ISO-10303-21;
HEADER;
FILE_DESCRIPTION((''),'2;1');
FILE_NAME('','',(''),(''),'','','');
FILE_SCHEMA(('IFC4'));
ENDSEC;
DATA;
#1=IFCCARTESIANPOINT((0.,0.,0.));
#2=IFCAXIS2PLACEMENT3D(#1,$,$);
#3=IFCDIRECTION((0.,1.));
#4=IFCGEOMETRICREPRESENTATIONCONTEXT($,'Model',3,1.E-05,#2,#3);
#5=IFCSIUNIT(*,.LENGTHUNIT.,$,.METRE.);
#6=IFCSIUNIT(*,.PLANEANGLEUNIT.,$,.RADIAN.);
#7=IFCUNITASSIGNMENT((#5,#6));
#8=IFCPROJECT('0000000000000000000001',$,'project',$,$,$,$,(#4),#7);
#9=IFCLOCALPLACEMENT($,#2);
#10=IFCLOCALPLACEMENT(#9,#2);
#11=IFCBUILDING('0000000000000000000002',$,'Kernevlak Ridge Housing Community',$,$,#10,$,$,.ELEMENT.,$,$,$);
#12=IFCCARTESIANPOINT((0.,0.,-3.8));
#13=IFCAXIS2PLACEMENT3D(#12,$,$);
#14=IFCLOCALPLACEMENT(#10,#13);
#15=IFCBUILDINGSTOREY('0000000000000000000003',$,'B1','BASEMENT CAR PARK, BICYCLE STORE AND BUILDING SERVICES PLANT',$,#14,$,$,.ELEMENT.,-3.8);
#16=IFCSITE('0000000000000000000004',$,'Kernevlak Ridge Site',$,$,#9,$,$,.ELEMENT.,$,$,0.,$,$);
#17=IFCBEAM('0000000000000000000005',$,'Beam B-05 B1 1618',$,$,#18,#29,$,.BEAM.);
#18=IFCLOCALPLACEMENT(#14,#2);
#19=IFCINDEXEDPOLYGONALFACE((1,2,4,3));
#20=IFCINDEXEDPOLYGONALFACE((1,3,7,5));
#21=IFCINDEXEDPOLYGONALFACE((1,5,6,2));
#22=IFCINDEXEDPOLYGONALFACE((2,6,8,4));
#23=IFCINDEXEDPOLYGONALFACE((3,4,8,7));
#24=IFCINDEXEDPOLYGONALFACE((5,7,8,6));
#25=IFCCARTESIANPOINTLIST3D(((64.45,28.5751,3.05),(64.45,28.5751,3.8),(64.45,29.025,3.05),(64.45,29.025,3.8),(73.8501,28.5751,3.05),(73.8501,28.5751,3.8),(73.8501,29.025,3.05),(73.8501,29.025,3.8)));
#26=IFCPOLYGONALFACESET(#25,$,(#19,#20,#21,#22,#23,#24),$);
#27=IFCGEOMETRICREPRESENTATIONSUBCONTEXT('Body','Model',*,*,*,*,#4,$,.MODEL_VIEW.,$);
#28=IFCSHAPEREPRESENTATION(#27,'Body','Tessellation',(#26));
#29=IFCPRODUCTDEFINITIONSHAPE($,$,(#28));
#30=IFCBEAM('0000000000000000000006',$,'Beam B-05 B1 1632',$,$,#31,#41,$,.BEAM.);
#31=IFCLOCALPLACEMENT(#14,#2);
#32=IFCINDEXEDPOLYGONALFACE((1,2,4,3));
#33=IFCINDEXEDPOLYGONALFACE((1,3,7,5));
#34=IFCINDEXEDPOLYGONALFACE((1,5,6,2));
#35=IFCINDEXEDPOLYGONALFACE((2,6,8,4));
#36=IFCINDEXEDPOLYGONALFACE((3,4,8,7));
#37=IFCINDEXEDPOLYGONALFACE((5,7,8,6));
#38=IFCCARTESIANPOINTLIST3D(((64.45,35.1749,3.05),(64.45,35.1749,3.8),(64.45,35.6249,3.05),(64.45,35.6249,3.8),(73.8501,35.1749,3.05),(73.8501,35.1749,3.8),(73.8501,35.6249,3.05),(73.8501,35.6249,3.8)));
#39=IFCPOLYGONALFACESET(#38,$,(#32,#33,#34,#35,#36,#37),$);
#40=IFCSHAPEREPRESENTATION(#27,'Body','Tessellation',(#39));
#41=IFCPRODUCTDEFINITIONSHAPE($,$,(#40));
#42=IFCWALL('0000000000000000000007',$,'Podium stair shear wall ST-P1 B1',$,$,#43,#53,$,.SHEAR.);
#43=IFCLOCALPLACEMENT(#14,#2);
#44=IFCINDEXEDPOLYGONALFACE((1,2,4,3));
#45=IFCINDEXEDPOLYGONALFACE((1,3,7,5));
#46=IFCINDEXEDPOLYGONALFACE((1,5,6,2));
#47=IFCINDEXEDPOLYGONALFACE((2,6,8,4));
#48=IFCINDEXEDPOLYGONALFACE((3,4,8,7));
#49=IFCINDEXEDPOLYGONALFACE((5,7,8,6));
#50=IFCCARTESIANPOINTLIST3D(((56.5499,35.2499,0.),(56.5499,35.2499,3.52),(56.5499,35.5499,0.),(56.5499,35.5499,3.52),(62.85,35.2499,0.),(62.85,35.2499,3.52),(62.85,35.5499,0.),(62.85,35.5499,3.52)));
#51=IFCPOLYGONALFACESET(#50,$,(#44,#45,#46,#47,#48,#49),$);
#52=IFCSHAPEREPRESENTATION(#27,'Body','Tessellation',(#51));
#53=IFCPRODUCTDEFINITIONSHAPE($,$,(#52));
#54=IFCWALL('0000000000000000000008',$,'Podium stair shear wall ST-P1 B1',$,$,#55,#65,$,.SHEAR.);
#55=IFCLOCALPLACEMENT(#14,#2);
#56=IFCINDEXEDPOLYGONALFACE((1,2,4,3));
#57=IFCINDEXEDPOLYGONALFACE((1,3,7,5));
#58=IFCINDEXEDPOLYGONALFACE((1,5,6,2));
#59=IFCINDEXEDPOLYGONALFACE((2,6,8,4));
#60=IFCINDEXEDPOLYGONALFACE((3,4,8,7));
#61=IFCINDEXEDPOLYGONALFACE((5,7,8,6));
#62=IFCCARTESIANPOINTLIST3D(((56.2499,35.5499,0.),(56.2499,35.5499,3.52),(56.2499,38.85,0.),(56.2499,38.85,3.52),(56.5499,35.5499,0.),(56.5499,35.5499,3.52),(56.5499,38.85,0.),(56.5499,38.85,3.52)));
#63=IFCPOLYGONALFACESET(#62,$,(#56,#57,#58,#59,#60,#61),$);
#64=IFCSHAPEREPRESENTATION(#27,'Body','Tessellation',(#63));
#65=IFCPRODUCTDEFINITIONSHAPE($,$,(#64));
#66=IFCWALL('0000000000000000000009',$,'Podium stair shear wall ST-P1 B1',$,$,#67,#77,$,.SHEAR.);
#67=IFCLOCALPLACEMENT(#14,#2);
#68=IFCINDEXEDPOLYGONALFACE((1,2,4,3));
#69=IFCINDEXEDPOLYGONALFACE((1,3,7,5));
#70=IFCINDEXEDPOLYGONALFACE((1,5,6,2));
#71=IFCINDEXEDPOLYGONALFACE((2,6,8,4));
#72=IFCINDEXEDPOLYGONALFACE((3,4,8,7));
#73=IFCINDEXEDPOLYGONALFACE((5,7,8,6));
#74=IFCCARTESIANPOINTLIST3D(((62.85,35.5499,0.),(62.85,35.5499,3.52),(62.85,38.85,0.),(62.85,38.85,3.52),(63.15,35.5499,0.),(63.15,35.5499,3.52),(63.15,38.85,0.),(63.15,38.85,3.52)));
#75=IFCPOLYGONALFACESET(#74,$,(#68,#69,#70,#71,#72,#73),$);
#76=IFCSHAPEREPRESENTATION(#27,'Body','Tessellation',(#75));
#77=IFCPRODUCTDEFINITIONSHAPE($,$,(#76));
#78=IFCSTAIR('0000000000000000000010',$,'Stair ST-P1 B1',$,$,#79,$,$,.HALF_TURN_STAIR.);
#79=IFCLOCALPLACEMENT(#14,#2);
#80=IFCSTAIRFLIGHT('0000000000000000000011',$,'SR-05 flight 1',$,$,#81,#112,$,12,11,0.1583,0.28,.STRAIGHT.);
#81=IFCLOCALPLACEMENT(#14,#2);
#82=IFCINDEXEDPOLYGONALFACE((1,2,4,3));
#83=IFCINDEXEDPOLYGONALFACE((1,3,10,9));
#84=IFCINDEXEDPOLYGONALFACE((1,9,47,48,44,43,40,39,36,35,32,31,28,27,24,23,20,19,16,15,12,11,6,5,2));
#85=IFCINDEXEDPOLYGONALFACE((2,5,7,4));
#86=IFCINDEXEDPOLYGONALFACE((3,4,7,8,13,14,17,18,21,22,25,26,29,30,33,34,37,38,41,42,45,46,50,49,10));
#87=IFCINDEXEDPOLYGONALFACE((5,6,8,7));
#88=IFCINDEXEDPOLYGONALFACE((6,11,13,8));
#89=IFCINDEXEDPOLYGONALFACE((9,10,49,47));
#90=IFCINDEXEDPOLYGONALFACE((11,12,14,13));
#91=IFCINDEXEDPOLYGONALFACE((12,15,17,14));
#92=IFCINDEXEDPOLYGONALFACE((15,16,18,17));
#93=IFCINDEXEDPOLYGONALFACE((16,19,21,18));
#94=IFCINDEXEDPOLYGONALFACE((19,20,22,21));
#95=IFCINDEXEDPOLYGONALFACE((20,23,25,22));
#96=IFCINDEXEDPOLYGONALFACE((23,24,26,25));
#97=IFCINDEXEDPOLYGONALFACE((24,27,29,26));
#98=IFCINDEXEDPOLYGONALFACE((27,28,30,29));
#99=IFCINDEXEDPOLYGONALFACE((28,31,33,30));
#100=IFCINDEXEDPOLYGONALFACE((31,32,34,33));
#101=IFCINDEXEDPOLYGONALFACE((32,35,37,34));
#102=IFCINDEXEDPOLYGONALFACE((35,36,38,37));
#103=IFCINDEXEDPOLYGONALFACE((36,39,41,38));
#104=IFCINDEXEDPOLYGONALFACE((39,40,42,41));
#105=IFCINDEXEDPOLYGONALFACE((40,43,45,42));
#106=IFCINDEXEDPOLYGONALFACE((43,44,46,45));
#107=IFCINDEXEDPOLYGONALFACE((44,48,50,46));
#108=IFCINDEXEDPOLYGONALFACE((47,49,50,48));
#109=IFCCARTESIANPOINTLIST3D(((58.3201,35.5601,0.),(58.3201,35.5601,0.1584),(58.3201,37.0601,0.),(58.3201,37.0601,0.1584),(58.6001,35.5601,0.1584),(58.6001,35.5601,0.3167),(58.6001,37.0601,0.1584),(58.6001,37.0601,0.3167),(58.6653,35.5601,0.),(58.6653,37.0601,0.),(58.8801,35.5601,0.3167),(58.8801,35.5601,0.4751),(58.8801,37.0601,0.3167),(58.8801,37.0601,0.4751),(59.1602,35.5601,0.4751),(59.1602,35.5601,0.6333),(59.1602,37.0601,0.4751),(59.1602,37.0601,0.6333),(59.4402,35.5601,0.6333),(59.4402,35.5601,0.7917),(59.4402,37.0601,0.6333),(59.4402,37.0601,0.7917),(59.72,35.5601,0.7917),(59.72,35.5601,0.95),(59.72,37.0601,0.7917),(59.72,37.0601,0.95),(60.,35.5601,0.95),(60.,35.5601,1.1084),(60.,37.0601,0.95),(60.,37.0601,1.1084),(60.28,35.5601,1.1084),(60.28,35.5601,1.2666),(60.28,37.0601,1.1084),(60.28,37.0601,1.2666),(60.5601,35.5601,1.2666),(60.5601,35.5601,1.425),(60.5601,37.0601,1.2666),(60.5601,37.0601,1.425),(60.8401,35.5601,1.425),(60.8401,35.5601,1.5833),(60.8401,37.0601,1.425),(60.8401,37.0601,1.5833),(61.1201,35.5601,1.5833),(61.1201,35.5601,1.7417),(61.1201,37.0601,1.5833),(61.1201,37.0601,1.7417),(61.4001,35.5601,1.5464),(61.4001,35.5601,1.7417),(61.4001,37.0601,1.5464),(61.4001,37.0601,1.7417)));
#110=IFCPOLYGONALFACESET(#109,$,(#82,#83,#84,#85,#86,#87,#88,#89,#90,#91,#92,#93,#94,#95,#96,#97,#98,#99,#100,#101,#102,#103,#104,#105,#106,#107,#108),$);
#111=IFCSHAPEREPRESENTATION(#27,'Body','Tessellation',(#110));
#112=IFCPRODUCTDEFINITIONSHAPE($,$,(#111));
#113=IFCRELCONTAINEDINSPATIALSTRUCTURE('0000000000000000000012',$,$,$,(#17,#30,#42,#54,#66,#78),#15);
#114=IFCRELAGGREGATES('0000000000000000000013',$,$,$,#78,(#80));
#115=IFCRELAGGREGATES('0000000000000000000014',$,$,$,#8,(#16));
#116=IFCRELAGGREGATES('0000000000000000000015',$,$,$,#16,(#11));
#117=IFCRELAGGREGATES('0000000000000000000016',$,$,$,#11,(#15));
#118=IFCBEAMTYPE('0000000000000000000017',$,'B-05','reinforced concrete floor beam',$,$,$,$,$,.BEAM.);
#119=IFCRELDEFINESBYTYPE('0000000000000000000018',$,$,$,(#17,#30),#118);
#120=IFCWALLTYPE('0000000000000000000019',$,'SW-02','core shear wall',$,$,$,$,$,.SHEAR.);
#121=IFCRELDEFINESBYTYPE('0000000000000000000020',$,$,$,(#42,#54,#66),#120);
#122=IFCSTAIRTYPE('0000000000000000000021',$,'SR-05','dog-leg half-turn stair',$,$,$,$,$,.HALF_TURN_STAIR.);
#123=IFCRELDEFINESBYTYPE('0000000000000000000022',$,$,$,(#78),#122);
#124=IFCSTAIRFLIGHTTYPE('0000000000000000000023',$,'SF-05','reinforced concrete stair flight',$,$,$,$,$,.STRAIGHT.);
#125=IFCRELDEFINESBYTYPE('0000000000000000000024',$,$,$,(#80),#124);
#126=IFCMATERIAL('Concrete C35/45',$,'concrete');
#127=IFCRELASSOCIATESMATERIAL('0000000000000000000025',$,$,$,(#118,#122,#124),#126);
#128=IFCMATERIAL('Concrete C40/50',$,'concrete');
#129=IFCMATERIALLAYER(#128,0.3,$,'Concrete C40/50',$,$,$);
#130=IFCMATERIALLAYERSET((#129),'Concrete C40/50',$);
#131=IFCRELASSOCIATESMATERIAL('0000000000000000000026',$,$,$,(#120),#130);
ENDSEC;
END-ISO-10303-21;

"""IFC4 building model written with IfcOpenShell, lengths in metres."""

from ifc_helpers import new_model, si_unit, direction, frame, frame_2d, origin, origin_2d, place, context, subcontext, project, spatial, polyline, rectangle, outline, extrude, material, layer, layer_set, material_profile, profile_set, type_object, element, aggregate, save


model = new_model("IFC4")

# Units and contexts
model_context = context("Model", 3, precision=1e-05, world=origin(), true_north=direction((0.0, 1.0)))
body_context = subcontext(model_context, "Body", "Model", "MODEL_VIEW")
ifc_project = project(units=[si_unit("LENGTHUNIT", "METRE"), si_unit("PLANEANGLEUNIT", "RADIAN")], contexts=[model_context])

# Site, building, storey
site_placement = place(None, origin())
site = spatial("IfcSite", under=ifc_project, at=site_placement, Name="Kernevlak Ridge Site", CompositionType="ELEMENT", RefElevation=0.0)
building_placement = place(site_placement, origin())
building = spatial("IfcBuilding", under=site, at=building_placement, Name="Kernevlak Ridge Housing Community", CompositionType="ELEMENT")
storey_placement = place(building_placement, frame((0.0, 0.0, -3.8)))
storey = spatial("IfcBuildingStorey", under=building, at=storey_placement, Name="B1", Description="BASEMENT CAR PARK, BICYCLE STORE AND BUILDING SERVICES PLANT", CompositionType="ELEMENT", Elevation=-3.8)

# Shared definitions
ifc_material_1 = material(Name="Concrete C35/45", Category="concrete")

# Shared definitions
ifc_material_2 = material(Name="Concrete C40/50", Category="concrete")

# Beams
ifc_material_profile_1 = material_profile(ifc_material_1, rectangle(XDim=0.45, YDim=0.75, at=origin_2d()), Name="RC 450x750")
ifc_profile_set_1 = profile_set([ifc_material_profile_1], Name="Concrete C35/45")
beam_type_1 = type_object("IfcBeamType", Name="B-05", Description="reinforced concrete floor beam", PredefinedType="BEAM", material=ifc_profile_set_1)
for number, where, z_axis, x_axis, name in (
    (1, (64.45, 28.8, 3.425), (1.0, 0.0, 0.0), (0.0, 1.0, 0.0), "Beam B-05 B1 1618"),
    (2, (64.45, 35.3999, 3.425), (1.0, 0.0, 0.0), (0.0, 1.0, 0.0), "Beam B-05 B1 1632"),
):
    element("IfcBeam", number, at=place(storey_placement, frame(where, z_axis=z_axis, x_axis=x_axis)), inside=storey, type_object=beam_type_1, Name=name, PredefinedType="BEAM", context=body_context, shape_type="SweptSolid", body=[
        extrude(rectangle(XDim=0.45, YDim=0.75, at=origin_2d()), origin(), (0.0, 0.0, 1.0), 9.4001),
    ])

# Walls
ifc_layer = layer(ifc_material_2, 0.3, Name="Concrete C40/50")
ifc_layer_set = layer_set([ifc_layer], Name="Concrete C40/50")
wall_type = type_object("IfcWallType", Name="SW-02", Description="core shear wall", PredefinedType="SHEAR", material=ifc_layer_set)
wall_placement = place(storey_placement, frame((56.55, 35.3999, 0.0), z_axis=(0.0, 0.0, 1.0), x_axis=(1.0, 0.0, 0.0)))
element("IfcWall", 3, at=wall_placement, inside=storey, type_object=wall_type, Name="Podium stair shear wall ST-P1 B1", PredefinedType="SHEAR", context=body_context, shape_type="SweptSolid", body=[
    extrude(rectangle(XDim=6.3, YDim=0.3, at=frame_2d((3.1499, 0.0))), origin(), (0.0, 0.0, 1.0), 3.52),
])
for number, where, z_axis, x_axis, name in (
    (4, (56.3999, 35.55, 0.0), (0.0, 0.0, 1.0), (0.0, 1.0, 0.0), "Podium stair shear wall ST-P1 B1"),
    (5, (63.0, 35.55, 0.0), (0.0, 0.0, 1.0), (0.0, 1.0, 0.0), "Podium stair shear wall ST-P1 B1"),
):
    element("IfcWall", number, at=place(storey_placement, frame(where, z_axis=z_axis, x_axis=x_axis)), inside=storey, type_object=wall_type, Name=name, PredefinedType="SHEAR", context=body_context, shape_type="SweptSolid", body=[
        extrude(rectangle(XDim=3.3, YDim=0.3, at=frame_2d((1.6499, 0.0))), origin(), (0.0, 0.0, 1.0), 3.52),
    ])

# Stair, stair flight
stair_type = type_object("IfcStairType", Name="SR-05", Description="dog-leg half-turn stair", PredefinedType="HALF_TURN_STAIR", material=ifc_material_1)
stair_placement = place(storey_placement, origin())
stair = element("IfcStair", 6, at=stair_placement, inside=storey, type_object=stair_type, Name="Stair ST-P1 B1", PredefinedType="HALF_TURN_STAIR")
stair_flight_type = type_object("IfcStairFlightType", Name="SF-05", Description="reinforced concrete stair flight", PredefinedType="STRAIGHT", material=ifc_material_1)
stair_flight_placement = place(storey_placement, frame((58.3201, 36.3101, 0.0), z_axis=(0.0, 0.0, 1.0), x_axis=(1.0, 0.0, 0.0)))
stair_flight = element("IfcStairFlight", 7, at=stair_flight_placement, type_object=stair_flight_type, Name="SR-05 flight 1", NumberOfRisers=12, NumberOfTreads=11, PredefinedType="STRAIGHT", RiserHeight=0.1583, TreadLength=0.28, context=body_context, shape_type="SweptSolid", body=[
    extrude(outline(polyline([(0.0, 0.0), (0.0, 0.1584), (0.28, 0.1584), (0.28, 0.3167), (0.5601, 0.3167), (0.5601, 0.4751), (0.8401, 0.4751), (0.8401, 0.6333), (1.1201, 0.6333), (1.1201, 0.7917), (1.3999, 0.7917), (1.3999, 0.95), (1.6799, 0.95), (1.6799, 1.1084), (1.96, 1.1084), (1.96, 1.2666), (2.24, 1.2666), (2.24, 1.425), (2.52, 1.425), (2.52, 1.5833), (2.8, 1.5833), (2.8, 1.7417), (3.0801, 1.7417), (3.0801, 1.8999), (3.0801, 1.5464), (0.3452, 0.0), (0.0, 0.0)])), frame((0.0, 0.75, 0.0), z_axis=(0.0, -1.0, 0.0), x_axis=(1.0, 0.0, 0.0)), (0.0, 0.0, 1.0), 1.5),
])
aggregate(stair, [stair_flight])

save(model, "model.ifc")
